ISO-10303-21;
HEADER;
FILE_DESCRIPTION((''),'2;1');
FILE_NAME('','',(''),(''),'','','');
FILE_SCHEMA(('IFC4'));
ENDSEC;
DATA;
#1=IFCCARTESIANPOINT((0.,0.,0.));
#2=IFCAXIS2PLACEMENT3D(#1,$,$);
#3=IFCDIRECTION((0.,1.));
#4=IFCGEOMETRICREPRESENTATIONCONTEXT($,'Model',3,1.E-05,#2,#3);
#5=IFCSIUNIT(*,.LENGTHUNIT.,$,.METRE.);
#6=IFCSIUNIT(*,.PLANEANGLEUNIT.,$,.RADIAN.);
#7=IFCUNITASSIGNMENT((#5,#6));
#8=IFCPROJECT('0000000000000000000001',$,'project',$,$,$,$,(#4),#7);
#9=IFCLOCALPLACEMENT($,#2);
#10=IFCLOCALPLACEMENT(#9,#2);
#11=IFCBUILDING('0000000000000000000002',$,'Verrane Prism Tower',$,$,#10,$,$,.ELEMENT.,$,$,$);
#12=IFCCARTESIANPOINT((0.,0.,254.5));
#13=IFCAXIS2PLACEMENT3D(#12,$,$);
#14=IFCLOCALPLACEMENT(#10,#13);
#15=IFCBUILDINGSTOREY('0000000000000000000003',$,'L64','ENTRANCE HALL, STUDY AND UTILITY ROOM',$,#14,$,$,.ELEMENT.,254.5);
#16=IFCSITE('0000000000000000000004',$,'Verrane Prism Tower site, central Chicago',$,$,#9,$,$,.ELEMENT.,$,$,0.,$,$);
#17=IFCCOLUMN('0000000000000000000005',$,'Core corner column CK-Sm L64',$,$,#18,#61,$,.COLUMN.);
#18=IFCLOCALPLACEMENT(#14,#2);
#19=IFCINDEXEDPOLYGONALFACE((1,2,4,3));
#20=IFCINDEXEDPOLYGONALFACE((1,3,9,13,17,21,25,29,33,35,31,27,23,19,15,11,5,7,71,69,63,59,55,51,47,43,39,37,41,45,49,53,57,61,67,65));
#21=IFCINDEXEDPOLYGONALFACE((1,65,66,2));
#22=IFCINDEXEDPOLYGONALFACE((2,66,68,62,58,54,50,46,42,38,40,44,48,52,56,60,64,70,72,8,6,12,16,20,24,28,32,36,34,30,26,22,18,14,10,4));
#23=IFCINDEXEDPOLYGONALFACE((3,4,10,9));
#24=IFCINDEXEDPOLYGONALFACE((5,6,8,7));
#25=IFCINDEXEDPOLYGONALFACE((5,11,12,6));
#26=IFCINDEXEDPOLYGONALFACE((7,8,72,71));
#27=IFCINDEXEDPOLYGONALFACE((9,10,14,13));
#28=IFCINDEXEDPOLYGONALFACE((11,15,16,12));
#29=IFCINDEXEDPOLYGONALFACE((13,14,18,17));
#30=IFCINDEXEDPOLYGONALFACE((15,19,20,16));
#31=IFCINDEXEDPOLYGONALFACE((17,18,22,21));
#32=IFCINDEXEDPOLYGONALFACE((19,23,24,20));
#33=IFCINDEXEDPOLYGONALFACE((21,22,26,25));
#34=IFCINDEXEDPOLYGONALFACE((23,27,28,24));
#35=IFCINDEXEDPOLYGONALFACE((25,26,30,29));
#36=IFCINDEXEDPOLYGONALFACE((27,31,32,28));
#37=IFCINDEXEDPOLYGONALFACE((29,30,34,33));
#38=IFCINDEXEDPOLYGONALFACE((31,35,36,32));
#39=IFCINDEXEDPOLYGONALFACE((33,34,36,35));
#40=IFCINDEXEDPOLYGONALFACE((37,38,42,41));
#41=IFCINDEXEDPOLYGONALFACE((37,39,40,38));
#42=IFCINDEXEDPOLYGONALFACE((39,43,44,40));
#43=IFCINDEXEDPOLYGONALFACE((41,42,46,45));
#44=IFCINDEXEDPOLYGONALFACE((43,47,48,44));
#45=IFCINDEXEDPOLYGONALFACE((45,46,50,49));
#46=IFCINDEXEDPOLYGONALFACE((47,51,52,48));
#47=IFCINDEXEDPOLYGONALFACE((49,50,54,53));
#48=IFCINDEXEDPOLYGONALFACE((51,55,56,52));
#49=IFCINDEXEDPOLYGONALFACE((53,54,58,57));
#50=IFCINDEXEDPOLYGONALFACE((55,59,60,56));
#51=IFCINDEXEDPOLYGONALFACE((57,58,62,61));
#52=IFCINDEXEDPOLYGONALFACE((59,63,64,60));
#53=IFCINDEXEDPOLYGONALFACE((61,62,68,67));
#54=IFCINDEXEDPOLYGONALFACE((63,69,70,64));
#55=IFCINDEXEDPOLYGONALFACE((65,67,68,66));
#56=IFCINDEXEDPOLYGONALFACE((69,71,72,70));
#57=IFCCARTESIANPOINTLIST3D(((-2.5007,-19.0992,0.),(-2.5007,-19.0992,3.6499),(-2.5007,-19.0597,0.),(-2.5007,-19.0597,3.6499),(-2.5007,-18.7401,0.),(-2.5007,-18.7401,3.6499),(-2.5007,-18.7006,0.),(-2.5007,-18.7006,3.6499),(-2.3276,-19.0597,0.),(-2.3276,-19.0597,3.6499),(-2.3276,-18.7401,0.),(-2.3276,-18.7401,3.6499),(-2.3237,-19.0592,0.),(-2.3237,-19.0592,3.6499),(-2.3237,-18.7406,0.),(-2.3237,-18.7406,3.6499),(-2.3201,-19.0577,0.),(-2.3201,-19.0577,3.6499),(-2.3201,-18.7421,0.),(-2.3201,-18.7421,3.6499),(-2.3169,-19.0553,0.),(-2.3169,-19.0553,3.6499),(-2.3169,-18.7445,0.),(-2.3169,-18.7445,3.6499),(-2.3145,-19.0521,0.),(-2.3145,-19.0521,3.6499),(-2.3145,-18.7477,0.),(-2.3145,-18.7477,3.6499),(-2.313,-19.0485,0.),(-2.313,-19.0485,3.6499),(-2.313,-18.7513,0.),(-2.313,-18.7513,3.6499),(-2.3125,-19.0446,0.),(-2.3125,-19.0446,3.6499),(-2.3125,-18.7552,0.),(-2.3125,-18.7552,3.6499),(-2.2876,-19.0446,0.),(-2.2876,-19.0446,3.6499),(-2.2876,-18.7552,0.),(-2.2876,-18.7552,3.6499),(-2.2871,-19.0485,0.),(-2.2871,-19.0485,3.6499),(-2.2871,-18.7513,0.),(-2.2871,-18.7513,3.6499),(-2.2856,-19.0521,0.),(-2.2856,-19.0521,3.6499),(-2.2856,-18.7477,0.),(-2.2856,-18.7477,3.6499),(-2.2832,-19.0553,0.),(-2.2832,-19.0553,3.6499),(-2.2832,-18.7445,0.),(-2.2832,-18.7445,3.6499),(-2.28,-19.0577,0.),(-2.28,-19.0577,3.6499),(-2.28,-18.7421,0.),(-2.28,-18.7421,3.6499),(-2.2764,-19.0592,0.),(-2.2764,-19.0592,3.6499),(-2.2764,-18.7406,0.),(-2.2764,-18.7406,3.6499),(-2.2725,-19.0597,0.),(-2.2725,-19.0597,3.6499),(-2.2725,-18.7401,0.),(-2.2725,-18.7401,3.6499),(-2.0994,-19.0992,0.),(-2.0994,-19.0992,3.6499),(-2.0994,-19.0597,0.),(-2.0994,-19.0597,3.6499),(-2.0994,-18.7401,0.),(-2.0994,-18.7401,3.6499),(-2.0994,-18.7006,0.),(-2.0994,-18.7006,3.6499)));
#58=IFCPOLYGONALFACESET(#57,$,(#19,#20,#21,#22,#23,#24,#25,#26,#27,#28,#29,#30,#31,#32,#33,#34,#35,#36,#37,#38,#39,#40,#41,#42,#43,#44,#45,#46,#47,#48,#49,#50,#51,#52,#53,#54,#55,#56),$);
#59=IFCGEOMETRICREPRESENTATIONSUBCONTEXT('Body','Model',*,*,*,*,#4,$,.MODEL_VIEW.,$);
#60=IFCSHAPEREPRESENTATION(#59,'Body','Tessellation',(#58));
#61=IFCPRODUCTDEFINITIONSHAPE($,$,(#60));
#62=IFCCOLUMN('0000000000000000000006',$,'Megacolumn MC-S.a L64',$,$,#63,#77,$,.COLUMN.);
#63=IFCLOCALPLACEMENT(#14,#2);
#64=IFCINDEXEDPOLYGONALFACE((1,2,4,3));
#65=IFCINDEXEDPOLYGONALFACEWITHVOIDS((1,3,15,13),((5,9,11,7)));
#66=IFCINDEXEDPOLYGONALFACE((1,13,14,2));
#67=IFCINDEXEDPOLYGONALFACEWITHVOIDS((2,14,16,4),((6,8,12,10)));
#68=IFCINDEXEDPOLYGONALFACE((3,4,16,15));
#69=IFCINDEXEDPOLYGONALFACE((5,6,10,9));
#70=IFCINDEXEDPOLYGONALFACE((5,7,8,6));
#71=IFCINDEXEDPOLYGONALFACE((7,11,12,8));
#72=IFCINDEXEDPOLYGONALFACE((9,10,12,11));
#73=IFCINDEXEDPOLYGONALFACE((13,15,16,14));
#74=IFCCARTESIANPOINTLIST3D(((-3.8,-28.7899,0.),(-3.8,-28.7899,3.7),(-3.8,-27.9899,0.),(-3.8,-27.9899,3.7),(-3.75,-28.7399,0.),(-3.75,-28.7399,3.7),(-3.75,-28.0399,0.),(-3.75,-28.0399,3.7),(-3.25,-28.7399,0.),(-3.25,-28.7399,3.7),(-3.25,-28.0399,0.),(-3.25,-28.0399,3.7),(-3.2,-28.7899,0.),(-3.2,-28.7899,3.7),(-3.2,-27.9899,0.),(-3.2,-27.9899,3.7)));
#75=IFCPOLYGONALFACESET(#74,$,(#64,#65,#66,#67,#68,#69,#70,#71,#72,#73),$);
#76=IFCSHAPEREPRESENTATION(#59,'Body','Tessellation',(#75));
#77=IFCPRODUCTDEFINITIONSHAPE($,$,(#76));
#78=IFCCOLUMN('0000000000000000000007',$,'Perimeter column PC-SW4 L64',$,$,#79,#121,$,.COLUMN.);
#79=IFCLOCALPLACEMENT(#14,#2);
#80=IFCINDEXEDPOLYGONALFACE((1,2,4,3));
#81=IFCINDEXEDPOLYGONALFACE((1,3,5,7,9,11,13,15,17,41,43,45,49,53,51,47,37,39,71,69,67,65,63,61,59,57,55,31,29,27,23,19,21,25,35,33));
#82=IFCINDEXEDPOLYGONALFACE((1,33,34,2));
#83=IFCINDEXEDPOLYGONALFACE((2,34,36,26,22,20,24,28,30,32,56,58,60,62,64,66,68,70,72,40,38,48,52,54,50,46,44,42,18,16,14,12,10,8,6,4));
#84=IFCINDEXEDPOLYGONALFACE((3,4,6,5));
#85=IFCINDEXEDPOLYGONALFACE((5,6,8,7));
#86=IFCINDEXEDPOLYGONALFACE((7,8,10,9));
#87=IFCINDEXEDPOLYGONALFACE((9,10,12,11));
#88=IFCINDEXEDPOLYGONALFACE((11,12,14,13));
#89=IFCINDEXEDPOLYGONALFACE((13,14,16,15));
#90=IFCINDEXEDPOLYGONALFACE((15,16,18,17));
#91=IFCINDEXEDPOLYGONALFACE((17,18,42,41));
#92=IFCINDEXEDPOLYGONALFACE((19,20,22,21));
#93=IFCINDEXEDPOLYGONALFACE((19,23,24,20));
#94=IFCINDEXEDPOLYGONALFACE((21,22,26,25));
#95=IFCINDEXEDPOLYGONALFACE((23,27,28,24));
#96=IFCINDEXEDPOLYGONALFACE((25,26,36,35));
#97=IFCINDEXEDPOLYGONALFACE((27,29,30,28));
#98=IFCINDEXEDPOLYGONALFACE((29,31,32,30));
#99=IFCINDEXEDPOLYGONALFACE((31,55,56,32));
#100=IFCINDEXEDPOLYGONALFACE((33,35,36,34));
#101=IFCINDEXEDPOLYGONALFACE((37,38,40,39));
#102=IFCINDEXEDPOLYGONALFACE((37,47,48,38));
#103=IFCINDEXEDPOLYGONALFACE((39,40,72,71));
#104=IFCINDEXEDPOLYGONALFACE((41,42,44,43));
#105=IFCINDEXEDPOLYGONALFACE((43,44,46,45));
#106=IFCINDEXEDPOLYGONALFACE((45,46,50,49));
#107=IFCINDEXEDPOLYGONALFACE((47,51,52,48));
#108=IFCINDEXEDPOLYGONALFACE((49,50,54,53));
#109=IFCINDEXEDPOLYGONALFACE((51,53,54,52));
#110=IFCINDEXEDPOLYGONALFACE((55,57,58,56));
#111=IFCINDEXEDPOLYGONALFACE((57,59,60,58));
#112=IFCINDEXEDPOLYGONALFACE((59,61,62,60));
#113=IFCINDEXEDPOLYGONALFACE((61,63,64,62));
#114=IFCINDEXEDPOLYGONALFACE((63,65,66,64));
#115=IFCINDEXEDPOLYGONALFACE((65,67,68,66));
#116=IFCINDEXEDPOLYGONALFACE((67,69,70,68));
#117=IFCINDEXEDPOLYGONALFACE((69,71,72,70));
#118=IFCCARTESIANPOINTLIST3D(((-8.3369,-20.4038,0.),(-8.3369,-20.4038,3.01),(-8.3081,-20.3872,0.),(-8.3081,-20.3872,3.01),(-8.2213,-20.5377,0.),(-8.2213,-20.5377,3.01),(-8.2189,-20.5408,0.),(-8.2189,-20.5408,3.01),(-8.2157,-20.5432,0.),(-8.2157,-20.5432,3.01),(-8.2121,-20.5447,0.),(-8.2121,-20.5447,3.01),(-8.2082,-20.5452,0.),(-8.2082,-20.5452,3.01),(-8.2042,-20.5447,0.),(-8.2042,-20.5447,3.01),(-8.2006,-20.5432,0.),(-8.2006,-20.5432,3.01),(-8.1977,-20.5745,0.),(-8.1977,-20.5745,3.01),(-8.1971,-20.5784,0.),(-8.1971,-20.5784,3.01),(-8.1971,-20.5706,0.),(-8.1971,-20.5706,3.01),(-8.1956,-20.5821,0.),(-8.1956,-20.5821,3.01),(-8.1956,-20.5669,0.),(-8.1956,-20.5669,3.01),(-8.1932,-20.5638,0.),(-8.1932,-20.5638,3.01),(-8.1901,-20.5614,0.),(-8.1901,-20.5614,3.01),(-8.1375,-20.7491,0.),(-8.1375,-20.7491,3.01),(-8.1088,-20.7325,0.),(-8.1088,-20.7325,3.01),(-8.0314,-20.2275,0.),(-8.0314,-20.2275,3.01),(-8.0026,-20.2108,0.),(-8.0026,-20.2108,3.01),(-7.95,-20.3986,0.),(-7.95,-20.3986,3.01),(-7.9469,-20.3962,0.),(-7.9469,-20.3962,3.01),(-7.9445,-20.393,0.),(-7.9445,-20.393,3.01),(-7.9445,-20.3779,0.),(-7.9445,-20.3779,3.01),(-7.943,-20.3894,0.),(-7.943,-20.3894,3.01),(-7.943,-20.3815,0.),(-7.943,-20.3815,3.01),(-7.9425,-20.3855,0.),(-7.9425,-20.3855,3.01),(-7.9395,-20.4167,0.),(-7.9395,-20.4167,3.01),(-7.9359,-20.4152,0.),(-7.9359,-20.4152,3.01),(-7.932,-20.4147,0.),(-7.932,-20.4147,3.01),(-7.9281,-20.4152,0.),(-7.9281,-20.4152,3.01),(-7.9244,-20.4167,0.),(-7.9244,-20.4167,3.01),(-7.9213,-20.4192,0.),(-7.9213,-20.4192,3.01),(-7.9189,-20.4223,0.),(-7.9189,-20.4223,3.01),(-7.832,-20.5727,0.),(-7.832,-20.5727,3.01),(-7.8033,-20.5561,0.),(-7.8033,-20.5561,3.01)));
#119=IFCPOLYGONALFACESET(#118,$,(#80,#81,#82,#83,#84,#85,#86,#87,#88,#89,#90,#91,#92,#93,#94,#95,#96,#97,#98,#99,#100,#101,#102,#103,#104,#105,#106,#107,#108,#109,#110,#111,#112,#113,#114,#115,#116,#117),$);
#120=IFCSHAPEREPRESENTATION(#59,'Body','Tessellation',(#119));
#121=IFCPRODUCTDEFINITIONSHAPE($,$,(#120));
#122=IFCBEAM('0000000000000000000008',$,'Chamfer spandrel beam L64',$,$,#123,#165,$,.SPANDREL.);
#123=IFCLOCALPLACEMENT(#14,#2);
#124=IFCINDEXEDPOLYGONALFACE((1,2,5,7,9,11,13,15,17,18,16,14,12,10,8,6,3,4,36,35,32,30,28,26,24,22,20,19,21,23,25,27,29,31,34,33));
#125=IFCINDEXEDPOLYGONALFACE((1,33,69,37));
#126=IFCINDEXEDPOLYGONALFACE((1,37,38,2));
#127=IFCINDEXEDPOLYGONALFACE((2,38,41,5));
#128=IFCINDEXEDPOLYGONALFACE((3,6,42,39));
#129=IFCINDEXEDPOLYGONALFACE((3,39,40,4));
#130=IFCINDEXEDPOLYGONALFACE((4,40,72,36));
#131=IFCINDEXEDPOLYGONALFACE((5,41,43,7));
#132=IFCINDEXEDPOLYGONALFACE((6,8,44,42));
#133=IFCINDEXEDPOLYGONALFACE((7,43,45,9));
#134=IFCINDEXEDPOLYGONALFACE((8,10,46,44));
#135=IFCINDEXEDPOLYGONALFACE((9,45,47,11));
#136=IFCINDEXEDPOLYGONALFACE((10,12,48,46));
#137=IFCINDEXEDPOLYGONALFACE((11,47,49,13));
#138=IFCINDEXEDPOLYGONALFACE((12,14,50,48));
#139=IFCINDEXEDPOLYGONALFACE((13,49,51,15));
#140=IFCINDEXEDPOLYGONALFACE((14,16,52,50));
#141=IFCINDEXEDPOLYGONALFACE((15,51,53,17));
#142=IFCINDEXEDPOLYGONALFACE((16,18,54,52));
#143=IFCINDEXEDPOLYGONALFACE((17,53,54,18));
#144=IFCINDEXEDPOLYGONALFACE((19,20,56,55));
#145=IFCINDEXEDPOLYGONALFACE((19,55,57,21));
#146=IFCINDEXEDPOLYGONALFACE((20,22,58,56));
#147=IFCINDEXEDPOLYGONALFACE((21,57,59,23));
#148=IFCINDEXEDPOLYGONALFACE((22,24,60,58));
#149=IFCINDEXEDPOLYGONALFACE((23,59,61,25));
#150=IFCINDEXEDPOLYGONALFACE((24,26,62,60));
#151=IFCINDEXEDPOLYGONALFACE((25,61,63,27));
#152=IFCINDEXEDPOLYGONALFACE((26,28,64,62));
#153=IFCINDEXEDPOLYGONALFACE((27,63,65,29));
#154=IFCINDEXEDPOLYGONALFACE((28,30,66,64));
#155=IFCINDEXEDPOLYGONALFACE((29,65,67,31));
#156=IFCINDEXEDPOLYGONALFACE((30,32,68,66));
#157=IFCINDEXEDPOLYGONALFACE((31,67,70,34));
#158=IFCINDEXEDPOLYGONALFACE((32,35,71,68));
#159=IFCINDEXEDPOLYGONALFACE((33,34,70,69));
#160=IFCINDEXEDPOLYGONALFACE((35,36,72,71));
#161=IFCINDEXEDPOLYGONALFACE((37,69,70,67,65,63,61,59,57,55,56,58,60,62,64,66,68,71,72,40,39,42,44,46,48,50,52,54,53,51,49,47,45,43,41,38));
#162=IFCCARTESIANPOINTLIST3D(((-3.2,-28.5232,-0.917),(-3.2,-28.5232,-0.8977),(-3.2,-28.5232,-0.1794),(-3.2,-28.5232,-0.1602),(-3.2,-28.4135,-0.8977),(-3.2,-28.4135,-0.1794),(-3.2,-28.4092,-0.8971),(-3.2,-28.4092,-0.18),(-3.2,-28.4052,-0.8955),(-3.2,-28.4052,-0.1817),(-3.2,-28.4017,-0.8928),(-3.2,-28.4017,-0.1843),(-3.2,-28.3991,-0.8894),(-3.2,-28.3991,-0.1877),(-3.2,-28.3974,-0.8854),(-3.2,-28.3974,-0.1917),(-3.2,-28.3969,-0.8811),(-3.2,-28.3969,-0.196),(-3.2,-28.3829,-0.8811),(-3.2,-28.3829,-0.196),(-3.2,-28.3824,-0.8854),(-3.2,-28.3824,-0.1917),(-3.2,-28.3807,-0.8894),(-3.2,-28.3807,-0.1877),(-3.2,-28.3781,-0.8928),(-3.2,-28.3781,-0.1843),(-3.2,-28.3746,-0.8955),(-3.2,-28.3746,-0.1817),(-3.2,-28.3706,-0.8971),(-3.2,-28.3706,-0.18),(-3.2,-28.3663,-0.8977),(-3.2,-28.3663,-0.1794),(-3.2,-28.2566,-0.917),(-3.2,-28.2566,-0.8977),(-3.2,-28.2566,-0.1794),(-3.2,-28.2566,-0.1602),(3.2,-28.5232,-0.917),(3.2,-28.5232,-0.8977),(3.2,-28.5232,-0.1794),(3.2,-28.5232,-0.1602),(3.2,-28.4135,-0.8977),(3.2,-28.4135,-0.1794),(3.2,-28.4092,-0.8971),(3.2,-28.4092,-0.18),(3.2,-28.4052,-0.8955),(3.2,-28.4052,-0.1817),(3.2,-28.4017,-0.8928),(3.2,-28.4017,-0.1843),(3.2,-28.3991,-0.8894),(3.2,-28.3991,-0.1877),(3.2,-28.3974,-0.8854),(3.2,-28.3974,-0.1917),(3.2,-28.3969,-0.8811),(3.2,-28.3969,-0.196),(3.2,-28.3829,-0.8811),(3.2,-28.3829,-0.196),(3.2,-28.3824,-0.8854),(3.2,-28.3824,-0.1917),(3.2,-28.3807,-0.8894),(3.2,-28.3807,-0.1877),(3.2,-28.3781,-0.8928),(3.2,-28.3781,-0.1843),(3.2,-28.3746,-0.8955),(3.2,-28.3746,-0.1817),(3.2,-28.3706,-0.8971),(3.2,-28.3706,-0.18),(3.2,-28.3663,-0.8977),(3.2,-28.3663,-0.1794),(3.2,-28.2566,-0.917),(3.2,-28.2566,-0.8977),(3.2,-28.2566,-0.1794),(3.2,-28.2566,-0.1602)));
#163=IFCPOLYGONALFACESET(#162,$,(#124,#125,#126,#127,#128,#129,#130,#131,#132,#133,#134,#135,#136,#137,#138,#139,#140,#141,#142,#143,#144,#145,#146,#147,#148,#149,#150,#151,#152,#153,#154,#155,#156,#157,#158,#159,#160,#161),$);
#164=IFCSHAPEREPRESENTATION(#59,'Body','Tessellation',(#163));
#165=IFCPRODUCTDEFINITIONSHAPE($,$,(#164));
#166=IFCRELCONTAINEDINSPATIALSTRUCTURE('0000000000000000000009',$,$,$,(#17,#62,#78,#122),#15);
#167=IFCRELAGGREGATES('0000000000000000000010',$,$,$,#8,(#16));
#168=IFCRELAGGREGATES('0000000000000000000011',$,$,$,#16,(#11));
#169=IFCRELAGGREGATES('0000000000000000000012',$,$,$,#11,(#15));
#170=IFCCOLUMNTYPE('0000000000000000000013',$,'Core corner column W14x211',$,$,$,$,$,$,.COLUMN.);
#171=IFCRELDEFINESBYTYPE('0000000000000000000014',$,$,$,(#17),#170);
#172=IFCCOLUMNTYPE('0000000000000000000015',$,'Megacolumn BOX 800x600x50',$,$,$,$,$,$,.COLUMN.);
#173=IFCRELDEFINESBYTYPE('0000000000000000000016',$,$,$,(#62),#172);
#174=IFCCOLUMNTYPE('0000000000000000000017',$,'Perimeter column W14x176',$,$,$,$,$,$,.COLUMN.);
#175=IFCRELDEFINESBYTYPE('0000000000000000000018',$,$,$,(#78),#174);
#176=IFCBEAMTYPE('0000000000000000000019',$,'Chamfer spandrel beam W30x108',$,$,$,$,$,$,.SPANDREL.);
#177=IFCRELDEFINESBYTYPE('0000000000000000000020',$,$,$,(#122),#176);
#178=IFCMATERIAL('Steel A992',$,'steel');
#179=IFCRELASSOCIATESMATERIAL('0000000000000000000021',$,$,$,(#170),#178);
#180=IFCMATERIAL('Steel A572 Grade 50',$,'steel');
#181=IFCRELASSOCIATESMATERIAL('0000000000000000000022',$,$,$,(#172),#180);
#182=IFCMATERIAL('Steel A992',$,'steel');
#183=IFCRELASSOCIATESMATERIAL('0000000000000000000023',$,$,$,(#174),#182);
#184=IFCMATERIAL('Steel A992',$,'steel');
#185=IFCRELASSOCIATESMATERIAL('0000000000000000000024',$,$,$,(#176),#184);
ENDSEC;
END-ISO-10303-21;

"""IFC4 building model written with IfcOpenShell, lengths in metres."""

from ifc_helpers import new_model, si_unit, direction, frame, origin, origin_2d, place, context, subcontext, project, spatial, hollow_rectangle, i_section, extrude, material, material_profile, profile_set, type_object, element, save


model = new_model("IFC4")

# Units and contexts
model_context = context("Model", 3, precision=1e-05, world=origin(), true_north=direction((0.0, 1.0)))
body_context = subcontext(model_context, "Body", "Model", "MODEL_VIEW")
ifc_project = project(units=[si_unit("LENGTHUNIT", "METRE"), si_unit("PLANEANGLEUNIT", "RADIAN")], contexts=[model_context])

# Site, building, storey
site_placement = place(None, origin())
site = spatial("IfcSite", under=ifc_project, at=site_placement, Name="Verrane Prism Tower site, central Chicago", CompositionType="ELEMENT", RefElevation=0.0)
building_placement = place(site_placement, origin())
building = spatial("IfcBuilding", under=site, at=building_placement, Name="Verrane Prism Tower", CompositionType="ELEMENT")
storey_placement = place(building_placement, frame((0.0, 0.0, 254.5)))
storey = spatial("IfcBuildingStorey", under=building, at=storey_placement, Name="L64", Description="ENTRANCE HALL, STUDY AND UTILITY ROOM", CompositionType="ELEMENT", Elevation=254.5)

# Columns
ifc_material_1 = material(Name="Steel A992", Category="steel")
ifc_material_profile_1 = material_profile(ifc_material_1, i_section(OverallWidth=0.4014, OverallDepth=0.3987, WebThickness=0.0249, FlangeThickness=0.0396, FilletRadius=0.0151, at=origin_2d()), Name="W14x211")
ifc_profile_set_1 = profile_set([ifc_material_profile_1], Name="Steel A992")
column_type_1 = type_object("IfcColumnType", Name="Core corner column W14x211", PredefinedType="COLUMN", material=ifc_profile_set_1)
column_1_placement = place(storey_placement, frame((-2.3, -18.8999, 0.0), z_axis=(0.0, 0.0, 1.0), x_axis=(-1.0, 0.0, 0.0)))
element("IfcColumn", 1, at=column_1_placement, inside=storey, type_object=column_type_1, Name="Core corner column CK-Sm L64", PredefinedType="COLUMN", context=body_context, shape_type="SweptSolid", body=[
    extrude(i_section(OverallWidth=0.4014, OverallDepth=0.3987, WebThickness=0.0249, FlangeThickness=0.0396, FilletRadius=0.0151, at=origin_2d()), origin(), (0.0, 0.0, 1.0), 3.6499),
])
ifc_material_2 = material(Name="Steel A572 Grade 50", Category="steel")
ifc_material_profile_2 = material_profile(ifc_material_2, hollow_rectangle(XDim=0.6001, YDim=0.8, WallThickness=0.05, at=origin_2d()), Name="BOX 800x600x50")
ifc_profile_set_2 = profile_set([ifc_material_profile_2], Name="Steel A572 Grade 50")
column_type_2 = type_object("IfcColumnType", Name="Megacolumn BOX 800x600x50", PredefinedType="COLUMN", material=ifc_profile_set_2)
column_2_placement = place(storey_placement, frame((-3.5, -28.3899, 0.0), z_axis=(0.0, 0.0, 1.0), x_axis=(-1.0, 0.0, 0.0)))
element("IfcColumn", 2, at=column_2_placement, inside=storey, type_object=column_type_2, Name="Megacolumn MC-S.a L64", PredefinedType="COLUMN", context=body_context, shape_type="SweptSolid", body=[
    extrude(hollow_rectangle(XDim=0.6001, YDim=0.8, WallThickness=0.05, at=origin_2d()), origin(), (0.0, 0.0, 1.0), 3.7),
])
ifc_material_3 = material(Name="Steel A992", Category="steel")
ifc_material_profile_3 = material_profile(ifc_material_3, i_section(OverallWidth=0.3987, OverallDepth=0.386, WebThickness=0.021, FlangeThickness=0.0332, FilletRadius=0.0151, at=origin_2d()), Name="W14x176")
ifc_profile_set_3 = profile_set([ifc_material_profile_3], Name="Steel A992")
column_type_3 = type_object("IfcColumnType", Name="Perimeter column W14x176", PredefinedType="COLUMN", material=ifc_profile_set_3)
column_3_placement = place(storey_placement, frame((-8.0701, -20.48, 0.0), z_axis=(0.0, 0.0, 1.0), x_axis=(-0.5, 0.866025, 0.0)))
element("IfcColumn", 3, at=column_3_placement, inside=storey, type_object=column_type_3, Name="Perimeter column PC-SW4 L64", PredefinedType="COLUMN", context=body_context, shape_type="SweptSolid", body=[
    extrude(i_section(OverallWidth=0.3987, OverallDepth=0.386, WebThickness=0.021, FlangeThickness=0.0332, FilletRadius=0.0151, at=origin_2d()), origin(), (0.0, 0.0, 1.0), 3.01),
])

# Beam
ifc_material_4 = material(Name="Steel A992", Category="steel")
ifc_material_profile_4 = material_profile(ifc_material_4, i_section(OverallWidth=0.2666, OverallDepth=0.7568, WebThickness=0.0139, FlangeThickness=0.0193, FilletRadius=0.0166, at=origin_2d()), Name="W30x108")
ifc_profile_set_4 = profile_set([ifc_material_profile_4], Name="Steel A992")
beam_type_1 = type_object("IfcBeamType", Name="Chamfer spandrel beam W30x108", PredefinedType="SPANDREL", material=ifc_profile_set_4)
beam_1_placement = place(storey_placement, frame((-3.2, -28.3899, -0.5386), z_axis=(1.0, 0.0, 0.0), x_axis=(0.0, 1.0, 0.0)))
element("IfcBeam", 4, at=beam_1_placement, inside=storey, type_object=beam_type_1, Name="Chamfer spandrel beam L64", PredefinedType="SPANDREL", context=body_context, shape_type="SweptSolid", body=[
    extrude(i_section(OverallWidth=0.2666, OverallDepth=0.7568, WebThickness=0.0139, FlangeThickness=0.0193, FilletRadius=0.0166, at=origin_2d()), origin(), (0.0, 0.0, 1.0), 6.3999),
])

save(model, "model.ifc")
